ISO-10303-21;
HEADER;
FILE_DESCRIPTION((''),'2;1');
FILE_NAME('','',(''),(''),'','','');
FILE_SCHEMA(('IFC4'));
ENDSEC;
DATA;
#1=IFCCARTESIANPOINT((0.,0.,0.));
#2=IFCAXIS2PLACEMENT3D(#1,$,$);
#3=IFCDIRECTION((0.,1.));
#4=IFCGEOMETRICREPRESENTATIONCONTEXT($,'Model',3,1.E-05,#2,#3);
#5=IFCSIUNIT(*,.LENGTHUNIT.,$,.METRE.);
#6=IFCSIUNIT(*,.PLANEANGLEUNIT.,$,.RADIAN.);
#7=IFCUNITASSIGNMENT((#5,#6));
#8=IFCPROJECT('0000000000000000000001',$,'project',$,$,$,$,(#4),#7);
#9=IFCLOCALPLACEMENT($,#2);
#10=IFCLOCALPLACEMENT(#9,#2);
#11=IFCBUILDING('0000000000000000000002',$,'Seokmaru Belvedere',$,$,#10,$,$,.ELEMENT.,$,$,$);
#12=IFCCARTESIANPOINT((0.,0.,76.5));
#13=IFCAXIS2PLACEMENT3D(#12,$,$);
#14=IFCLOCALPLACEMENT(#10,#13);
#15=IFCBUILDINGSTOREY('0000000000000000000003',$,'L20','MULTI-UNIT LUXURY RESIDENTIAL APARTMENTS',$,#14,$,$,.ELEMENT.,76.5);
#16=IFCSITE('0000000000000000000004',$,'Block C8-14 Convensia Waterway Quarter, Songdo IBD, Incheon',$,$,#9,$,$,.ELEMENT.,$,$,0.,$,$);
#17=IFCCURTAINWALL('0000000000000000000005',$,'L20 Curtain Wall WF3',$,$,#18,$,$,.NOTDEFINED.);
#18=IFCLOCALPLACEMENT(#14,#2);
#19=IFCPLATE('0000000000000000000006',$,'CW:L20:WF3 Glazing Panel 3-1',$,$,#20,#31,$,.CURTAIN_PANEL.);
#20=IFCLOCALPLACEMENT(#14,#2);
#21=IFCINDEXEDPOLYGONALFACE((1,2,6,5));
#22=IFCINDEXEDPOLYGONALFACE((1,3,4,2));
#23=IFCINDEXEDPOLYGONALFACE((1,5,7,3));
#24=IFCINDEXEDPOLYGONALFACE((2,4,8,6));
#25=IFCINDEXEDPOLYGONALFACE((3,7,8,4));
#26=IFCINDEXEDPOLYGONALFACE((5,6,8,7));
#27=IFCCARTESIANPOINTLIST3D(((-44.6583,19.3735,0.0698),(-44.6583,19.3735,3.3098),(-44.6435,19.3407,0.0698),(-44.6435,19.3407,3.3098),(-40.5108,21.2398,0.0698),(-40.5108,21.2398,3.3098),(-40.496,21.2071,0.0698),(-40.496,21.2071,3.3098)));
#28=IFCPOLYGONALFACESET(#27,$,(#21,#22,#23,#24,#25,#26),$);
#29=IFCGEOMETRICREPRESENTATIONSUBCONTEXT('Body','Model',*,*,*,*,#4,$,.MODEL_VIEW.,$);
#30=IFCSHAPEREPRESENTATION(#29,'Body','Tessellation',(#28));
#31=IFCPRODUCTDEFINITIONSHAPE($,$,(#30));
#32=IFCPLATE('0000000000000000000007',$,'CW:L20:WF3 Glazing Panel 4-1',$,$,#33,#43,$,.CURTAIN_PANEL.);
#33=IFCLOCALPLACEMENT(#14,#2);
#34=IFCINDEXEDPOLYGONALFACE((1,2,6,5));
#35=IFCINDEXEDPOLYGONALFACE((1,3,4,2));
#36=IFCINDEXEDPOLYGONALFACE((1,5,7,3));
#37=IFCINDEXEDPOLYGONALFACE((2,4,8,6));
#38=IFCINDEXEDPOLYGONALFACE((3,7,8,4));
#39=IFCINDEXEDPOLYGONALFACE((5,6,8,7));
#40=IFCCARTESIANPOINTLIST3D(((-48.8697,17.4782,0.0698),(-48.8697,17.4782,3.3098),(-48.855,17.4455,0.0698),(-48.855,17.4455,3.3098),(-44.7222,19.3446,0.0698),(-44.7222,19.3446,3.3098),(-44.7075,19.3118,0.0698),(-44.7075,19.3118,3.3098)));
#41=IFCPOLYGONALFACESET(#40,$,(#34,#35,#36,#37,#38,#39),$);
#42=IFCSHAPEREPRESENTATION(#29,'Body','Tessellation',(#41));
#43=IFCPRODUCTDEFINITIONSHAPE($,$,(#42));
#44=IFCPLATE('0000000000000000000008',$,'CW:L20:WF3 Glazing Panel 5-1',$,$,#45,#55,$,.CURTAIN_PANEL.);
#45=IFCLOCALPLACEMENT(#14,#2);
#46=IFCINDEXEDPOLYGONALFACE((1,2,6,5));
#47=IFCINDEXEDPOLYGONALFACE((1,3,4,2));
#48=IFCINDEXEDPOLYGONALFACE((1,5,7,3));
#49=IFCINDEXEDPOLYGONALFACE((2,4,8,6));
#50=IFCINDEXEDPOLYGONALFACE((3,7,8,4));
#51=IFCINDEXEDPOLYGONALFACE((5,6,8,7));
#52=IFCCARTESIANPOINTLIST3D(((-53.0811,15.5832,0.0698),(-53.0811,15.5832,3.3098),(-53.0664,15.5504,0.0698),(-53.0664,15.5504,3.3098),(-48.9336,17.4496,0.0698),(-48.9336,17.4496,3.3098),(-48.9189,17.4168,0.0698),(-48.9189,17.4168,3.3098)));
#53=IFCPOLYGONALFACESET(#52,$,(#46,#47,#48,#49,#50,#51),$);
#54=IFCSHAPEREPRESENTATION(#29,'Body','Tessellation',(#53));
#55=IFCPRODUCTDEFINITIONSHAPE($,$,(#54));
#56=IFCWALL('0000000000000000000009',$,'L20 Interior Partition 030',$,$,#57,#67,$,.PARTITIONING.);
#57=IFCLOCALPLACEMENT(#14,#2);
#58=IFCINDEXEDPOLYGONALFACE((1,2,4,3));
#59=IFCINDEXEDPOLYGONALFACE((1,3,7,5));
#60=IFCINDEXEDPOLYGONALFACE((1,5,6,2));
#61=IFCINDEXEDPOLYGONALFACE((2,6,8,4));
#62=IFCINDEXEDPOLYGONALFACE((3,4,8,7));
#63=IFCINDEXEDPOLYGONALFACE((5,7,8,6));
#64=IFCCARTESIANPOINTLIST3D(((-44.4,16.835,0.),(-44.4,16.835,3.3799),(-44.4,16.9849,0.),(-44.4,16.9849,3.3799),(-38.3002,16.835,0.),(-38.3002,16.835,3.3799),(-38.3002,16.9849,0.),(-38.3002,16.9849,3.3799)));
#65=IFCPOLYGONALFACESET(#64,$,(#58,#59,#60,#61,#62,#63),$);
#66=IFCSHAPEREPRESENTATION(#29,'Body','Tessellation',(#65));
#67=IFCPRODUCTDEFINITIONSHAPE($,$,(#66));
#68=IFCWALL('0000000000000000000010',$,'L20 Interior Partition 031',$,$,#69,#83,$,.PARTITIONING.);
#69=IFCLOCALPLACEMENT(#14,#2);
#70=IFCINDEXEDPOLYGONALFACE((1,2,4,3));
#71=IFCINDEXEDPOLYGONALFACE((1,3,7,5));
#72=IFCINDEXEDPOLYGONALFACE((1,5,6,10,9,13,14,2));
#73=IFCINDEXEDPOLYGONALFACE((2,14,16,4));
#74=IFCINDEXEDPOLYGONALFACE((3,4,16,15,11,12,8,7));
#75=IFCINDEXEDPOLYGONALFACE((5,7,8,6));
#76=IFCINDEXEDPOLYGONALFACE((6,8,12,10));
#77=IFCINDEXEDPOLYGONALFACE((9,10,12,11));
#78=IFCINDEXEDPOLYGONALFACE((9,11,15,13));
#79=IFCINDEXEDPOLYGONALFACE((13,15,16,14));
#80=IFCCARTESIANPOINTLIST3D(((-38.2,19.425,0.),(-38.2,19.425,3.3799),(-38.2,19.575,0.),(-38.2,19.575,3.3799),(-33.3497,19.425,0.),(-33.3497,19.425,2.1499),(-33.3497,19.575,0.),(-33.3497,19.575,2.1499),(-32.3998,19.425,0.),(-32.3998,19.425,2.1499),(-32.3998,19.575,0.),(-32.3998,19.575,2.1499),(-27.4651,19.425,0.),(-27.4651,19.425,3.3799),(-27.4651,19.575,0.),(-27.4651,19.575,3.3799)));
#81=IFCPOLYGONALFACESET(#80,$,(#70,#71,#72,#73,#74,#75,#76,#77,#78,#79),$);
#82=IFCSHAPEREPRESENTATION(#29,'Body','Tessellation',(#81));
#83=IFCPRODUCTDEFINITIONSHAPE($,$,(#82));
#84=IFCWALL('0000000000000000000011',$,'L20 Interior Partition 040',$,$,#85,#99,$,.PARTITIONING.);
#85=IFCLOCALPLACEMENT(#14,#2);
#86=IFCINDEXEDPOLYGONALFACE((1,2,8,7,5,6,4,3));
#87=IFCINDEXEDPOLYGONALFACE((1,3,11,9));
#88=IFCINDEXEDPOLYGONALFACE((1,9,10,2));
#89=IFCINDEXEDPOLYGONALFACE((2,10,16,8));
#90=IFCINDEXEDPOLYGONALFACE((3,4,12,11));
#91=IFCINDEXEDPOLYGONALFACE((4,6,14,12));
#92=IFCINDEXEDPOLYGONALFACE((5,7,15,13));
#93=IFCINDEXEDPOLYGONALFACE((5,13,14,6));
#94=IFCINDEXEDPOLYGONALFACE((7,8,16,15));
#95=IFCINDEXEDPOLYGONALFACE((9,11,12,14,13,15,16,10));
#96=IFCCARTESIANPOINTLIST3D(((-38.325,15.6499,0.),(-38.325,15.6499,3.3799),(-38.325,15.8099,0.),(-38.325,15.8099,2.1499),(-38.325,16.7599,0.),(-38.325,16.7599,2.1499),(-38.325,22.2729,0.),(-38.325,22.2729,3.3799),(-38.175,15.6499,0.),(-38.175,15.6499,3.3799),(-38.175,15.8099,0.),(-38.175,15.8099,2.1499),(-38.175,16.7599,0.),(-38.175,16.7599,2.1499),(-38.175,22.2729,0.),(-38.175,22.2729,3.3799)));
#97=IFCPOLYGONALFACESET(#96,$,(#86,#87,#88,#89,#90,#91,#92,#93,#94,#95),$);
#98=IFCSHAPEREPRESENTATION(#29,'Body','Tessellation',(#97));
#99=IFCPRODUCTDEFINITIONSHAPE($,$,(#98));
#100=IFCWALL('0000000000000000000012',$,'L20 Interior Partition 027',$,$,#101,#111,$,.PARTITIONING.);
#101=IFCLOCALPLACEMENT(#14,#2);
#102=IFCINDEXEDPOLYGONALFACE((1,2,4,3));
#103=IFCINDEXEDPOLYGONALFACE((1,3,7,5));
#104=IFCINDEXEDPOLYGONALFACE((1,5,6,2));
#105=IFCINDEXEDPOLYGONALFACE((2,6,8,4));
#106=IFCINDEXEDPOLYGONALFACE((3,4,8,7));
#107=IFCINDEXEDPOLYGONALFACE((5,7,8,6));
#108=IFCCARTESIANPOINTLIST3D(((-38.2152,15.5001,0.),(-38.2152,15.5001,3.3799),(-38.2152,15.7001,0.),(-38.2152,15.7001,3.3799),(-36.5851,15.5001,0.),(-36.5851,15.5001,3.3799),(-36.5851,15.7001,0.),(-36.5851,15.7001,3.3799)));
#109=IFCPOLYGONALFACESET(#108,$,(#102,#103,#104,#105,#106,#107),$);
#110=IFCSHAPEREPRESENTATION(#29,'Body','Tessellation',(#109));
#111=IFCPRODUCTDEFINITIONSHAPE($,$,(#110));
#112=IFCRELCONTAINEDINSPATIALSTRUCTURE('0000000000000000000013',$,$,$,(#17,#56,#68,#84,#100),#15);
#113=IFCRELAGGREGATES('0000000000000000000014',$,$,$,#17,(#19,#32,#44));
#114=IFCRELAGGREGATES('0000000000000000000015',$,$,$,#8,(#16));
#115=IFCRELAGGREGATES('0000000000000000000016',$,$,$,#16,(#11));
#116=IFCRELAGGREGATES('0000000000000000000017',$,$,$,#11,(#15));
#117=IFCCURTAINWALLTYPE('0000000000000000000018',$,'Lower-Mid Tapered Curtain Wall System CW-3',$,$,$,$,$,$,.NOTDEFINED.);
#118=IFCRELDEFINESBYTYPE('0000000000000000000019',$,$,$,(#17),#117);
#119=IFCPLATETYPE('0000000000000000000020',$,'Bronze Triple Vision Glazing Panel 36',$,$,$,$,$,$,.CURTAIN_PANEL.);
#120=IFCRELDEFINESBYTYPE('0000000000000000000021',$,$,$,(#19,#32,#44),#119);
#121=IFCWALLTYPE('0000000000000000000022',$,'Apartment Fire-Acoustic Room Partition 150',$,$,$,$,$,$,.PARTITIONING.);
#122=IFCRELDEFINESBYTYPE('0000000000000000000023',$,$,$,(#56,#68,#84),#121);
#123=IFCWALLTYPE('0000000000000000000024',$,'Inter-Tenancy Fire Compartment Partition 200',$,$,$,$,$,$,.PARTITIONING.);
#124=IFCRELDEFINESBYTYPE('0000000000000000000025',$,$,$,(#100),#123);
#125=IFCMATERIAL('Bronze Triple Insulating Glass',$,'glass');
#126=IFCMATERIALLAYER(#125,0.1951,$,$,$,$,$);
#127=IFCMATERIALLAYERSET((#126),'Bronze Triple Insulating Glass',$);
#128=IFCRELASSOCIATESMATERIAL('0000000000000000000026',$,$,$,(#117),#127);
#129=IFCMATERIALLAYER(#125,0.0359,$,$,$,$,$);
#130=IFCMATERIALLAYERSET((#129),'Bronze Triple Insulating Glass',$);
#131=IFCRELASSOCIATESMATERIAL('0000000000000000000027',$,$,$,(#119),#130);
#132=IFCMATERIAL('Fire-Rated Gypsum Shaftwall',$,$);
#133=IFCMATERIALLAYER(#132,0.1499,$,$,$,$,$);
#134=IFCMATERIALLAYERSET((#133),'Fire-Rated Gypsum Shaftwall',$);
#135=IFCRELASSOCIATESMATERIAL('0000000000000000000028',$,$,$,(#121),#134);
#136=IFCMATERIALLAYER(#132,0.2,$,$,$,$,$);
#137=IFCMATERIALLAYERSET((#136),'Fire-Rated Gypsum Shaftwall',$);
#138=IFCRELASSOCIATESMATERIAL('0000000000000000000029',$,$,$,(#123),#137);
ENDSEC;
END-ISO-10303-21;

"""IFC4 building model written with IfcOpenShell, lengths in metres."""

from ifc_helpers import new_model, si_unit, direction, frame, frame_2d, origin, origin_2d, place, context, subcontext, project, spatial, rectangle, extrude, source, transform, mapped, material, layer, layer_set, type_object, type_shapes, element, aggregate, save


model = new_model("IFC4")

# Units and contexts
model_context = context("Model", 3, precision=1e-05, world=origin(), true_north=direction((0.0, 1.0)))
body_context = subcontext(model_context, "Body", "Model", "MODEL_VIEW")
ifc_project = project(units=[si_unit("LENGTHUNIT", "METRE"), si_unit("PLANEANGLEUNIT", "RADIAN")], contexts=[model_context])

# Site, building, storey
site_placement = place(None, origin())
site = spatial("IfcSite", under=ifc_project, at=site_placement, Name="Block C8-14 Convensia Waterway Quarter, Songdo IBD, Incheon", CompositionType="ELEMENT", RefElevation=0.0)
building_placement = place(site_placement, origin())
building = spatial("IfcBuilding", under=site, at=building_placement, Name="Seokmaru Belvedere", CompositionType="ELEMENT")
storey_placement = place(building_placement, frame((0.0, 0.0, 76.5)))
storey = spatial("IfcBuildingStorey", under=building, at=storey_placement, Name="L20", Description="MULTI-UNIT LUXURY RESIDENTIAL APARTMENTS", CompositionType="ELEMENT", Elevation=76.5)

# Curtain wall, plates
ifc_material_1 = material(Name="Bronze Triple Insulating Glass", Category="glass")
ifc_layer_1 = layer(ifc_material_1, 0.1951)
ifc_layer_set_1 = layer_set([ifc_layer_1], Name="Bronze Triple Insulating Glass")
curtain_wall_type = type_object("IfcCurtainWallType", Name="Lower-Mid Tapered Curtain Wall System CW-3", PredefinedType="NOTDEFINED", material=ifc_layer_set_1)
curtain_wall_placement = place(storey_placement, origin())
curtain_wall = element("IfcCurtainWall", 1, at=curtain_wall_placement, inside=storey, type_object=curtain_wall_type, Name="L20 Curtain Wall WF3", PredefinedType="NOTDEFINED")
ifc_layer_2 = layer(ifc_material_1, 0.0359)
ifc_layer_set_2 = layer_set([ifc_layer_2], Name="Bronze Triple Insulating Glass")
plate_type = type_object("IfcPlateType", Name="Bronze Triple Vision Glazing Panel 36", PredefinedType="CURTAIN_PANEL", material=ifc_layer_set_2)
shared_shape_1 = source(origin(), body_context, "Body", "SweptSolid", [
    extrude(rectangle(XDim=4.5481, YDim=0.0359, at=origin_2d()), origin(), (0.0, 0.0, 1.0), 3.24),
])
type_shapes(plate_type, [shared_shape_1])
plate_1_placement = place(storey_placement, frame((-42.5771, 20.2903, 0.0698), z_axis=(0.0, 0.0, 1.0), x_axis=(-0.911921, -0.410366, 0.0)))
plate_1 = element("IfcPlate", 2, at=plate_1_placement, type_object=plate_type, Name="CW:L20:WF3 Glazing Panel 3-1", PredefinedType="CURTAIN_PANEL", context=body_context, shape_type="MappedRepresentation", body=[
    mapped(shared_shape_1, transform((0.0, 0.0, 0.0), scale=1.0)),
])
plate_2_placement = place(storey_placement, frame((-46.7886, 18.395, 0.0698), z_axis=(0.0, 0.0, 1.0), x_axis=(-0.911921, -0.410366, 0.0)))
plate_2 = element("IfcPlate", 3, at=plate_2_placement, type_object=plate_type, Name="CW:L20:WF3 Glazing Panel 4-1", PredefinedType="CURTAIN_PANEL", context=body_context, shape_type="MappedRepresentation", body=[
    mapped(shared_shape_1, transform((0.0, 0.0, 0.0), scale=1.0)),
])
plate_3_placement = place(storey_placement, frame((-51.0, 16.5, 0.0698), z_axis=(0.0, 0.0, 1.0), x_axis=(-0.911921, -0.410366, 0.0)))
plate_3 = element("IfcPlate", 4, at=plate_3_placement, type_object=plate_type, Name="CW:L20:WF3 Glazing Panel 5-1", PredefinedType="CURTAIN_PANEL", context=body_context, shape_type="MappedRepresentation", body=[
    mapped(shared_shape_1, transform((0.0, 0.0, 0.0), scale=1.0)),
])
aggregate(curtain_wall, [plate_1, plate_2, plate_3])

# Wall
ifc_material_2 = material(Name="Fire-Rated Gypsum Shaftwall")
ifc_layer_3 = layer(ifc_material_2, 0.1499)
ifc_layer_set_3 = layer_set([ifc_layer_3], Name="Fire-Rated Gypsum Shaftwall")
wall_type_1 = type_object("IfcWallType", Name="Apartment Fire-Acoustic Room Partition 150", PredefinedType="PARTITIONING", material=ifc_layer_set_3)
wall_1_placement = place(storey_placement, frame((-44.3999, 16.9099, 0.0), z_axis=(0.0, 0.0, 1.0), x_axis=(1.0, 0.0, 0.0)))
element("IfcWall", 5, at=wall_1_placement, inside=storey, type_object=wall_type_1, Name="L20 Interior Partition 030", PredefinedType="PARTITIONING", context=body_context, shape_type="SweptSolid", body=[
    extrude(rectangle(XDim=6.0999, YDim=0.1499, at=frame_2d((3.0498, 0.0))), origin(), (0.0, 0.0, 1.0), 3.3799),
])

# Walls, openings
wall_2_placement = place(storey_placement, frame((-38.2, 19.5, 0.0), z_axis=(0.0, 0.0, 1.0), x_axis=(1.0, 0.0, 0.0)))
wall_2 = element("IfcWall", 6, at=wall_2_placement, inside=storey, type_object=wall_type_1, Name="L20 Interior Partition 031", PredefinedType="PARTITIONING", context=body_context, shape_type="SweptSolid", body=[
    extrude(rectangle(XDim=10.7349, YDim=0.1499, at=frame_2d((5.3674, 0.0))), origin(), (0.0, 0.0, 1.0), 3.3799),
])
opening_1_placement = place(wall_2_placement, frame((4.8501, 0.0, 0.0)))
element("IfcOpeningElement", 7, at=opening_1_placement, cuts=wall_2, PredefinedType="OPENING", context=body_context, shape_type="SweptSolid", body=[
    extrude(rectangle(XDim=0.95, YDim=2.1499, at=frame_2d((0.4751, 1.075))), frame((0.0, 0.085, 0.0), z_axis=(0.0, -1.0, 0.0), x_axis=(1.0, 0.0, 0.0)), (0.0, 0.0, 1.0), 0.1699),
])
wall_3_placement = place(storey_placement, frame((-38.25, 15.6499, 0.0), z_axis=(0.0, 0.0, 1.0), x_axis=(0.0, 1.0, 0.0)))
wall_3 = element("IfcWall", 8, at=wall_3_placement, inside=storey, type_object=wall_type_1, Name="L20 Interior Partition 040", PredefinedType="PARTITIONING", context=body_context, shape_type="SweptSolid", body=[
    extrude(rectangle(XDim=6.623, YDim=0.1499, at=frame_2d((3.3115, 0.0))), origin(), (0.0, 0.0, 1.0), 3.3799),
])
opening_2_placement = place(wall_3_placement, frame((0.1599, 0.0, 0.0)))
element("IfcOpeningElement", 9, at=opening_2_placement, cuts=wall_3, PredefinedType="OPENING", context=body_context, shape_type="SweptSolid", body=[
    extrude(rectangle(XDim=0.95, YDim=2.1499, at=frame_2d((0.4751, 1.075))), frame((0.0, 0.085, 0.0), z_axis=(0.0, -1.0, 0.0), x_axis=(1.0, 0.0, 0.0)), (0.0, 0.0, 1.0), 0.1699),
])

# Wall
ifc_layer_4 = layer(ifc_material_2, 0.2)
ifc_layer_set_4 = layer_set([ifc_layer_4], Name="Fire-Rated Gypsum Shaftwall")
wall_type_2 = type_object("IfcWallType", Name="Inter-Tenancy Fire Compartment Partition 200", PredefinedType="PARTITIONING", material=ifc_layer_set_4)
wall_4_placement = place(storey_placement, frame((-38.2151, 15.6001, 0.0), z_axis=(0.0, 0.0, 1.0), x_axis=(1.0, 0.0, 0.0)))
element("IfcWall", 10, at=wall_4_placement, inside=storey, type_object=wall_type_2, Name="L20 Interior Partition 027", PredefinedType="PARTITIONING", context=body_context, shape_type="SweptSolid", body=[
    extrude(rectangle(XDim=1.6301, YDim=0.2, at=frame_2d((0.8149, 0.0))), origin(), (0.0, 0.0, 1.0), 3.3799),
])

save(model, "model.ifc")
